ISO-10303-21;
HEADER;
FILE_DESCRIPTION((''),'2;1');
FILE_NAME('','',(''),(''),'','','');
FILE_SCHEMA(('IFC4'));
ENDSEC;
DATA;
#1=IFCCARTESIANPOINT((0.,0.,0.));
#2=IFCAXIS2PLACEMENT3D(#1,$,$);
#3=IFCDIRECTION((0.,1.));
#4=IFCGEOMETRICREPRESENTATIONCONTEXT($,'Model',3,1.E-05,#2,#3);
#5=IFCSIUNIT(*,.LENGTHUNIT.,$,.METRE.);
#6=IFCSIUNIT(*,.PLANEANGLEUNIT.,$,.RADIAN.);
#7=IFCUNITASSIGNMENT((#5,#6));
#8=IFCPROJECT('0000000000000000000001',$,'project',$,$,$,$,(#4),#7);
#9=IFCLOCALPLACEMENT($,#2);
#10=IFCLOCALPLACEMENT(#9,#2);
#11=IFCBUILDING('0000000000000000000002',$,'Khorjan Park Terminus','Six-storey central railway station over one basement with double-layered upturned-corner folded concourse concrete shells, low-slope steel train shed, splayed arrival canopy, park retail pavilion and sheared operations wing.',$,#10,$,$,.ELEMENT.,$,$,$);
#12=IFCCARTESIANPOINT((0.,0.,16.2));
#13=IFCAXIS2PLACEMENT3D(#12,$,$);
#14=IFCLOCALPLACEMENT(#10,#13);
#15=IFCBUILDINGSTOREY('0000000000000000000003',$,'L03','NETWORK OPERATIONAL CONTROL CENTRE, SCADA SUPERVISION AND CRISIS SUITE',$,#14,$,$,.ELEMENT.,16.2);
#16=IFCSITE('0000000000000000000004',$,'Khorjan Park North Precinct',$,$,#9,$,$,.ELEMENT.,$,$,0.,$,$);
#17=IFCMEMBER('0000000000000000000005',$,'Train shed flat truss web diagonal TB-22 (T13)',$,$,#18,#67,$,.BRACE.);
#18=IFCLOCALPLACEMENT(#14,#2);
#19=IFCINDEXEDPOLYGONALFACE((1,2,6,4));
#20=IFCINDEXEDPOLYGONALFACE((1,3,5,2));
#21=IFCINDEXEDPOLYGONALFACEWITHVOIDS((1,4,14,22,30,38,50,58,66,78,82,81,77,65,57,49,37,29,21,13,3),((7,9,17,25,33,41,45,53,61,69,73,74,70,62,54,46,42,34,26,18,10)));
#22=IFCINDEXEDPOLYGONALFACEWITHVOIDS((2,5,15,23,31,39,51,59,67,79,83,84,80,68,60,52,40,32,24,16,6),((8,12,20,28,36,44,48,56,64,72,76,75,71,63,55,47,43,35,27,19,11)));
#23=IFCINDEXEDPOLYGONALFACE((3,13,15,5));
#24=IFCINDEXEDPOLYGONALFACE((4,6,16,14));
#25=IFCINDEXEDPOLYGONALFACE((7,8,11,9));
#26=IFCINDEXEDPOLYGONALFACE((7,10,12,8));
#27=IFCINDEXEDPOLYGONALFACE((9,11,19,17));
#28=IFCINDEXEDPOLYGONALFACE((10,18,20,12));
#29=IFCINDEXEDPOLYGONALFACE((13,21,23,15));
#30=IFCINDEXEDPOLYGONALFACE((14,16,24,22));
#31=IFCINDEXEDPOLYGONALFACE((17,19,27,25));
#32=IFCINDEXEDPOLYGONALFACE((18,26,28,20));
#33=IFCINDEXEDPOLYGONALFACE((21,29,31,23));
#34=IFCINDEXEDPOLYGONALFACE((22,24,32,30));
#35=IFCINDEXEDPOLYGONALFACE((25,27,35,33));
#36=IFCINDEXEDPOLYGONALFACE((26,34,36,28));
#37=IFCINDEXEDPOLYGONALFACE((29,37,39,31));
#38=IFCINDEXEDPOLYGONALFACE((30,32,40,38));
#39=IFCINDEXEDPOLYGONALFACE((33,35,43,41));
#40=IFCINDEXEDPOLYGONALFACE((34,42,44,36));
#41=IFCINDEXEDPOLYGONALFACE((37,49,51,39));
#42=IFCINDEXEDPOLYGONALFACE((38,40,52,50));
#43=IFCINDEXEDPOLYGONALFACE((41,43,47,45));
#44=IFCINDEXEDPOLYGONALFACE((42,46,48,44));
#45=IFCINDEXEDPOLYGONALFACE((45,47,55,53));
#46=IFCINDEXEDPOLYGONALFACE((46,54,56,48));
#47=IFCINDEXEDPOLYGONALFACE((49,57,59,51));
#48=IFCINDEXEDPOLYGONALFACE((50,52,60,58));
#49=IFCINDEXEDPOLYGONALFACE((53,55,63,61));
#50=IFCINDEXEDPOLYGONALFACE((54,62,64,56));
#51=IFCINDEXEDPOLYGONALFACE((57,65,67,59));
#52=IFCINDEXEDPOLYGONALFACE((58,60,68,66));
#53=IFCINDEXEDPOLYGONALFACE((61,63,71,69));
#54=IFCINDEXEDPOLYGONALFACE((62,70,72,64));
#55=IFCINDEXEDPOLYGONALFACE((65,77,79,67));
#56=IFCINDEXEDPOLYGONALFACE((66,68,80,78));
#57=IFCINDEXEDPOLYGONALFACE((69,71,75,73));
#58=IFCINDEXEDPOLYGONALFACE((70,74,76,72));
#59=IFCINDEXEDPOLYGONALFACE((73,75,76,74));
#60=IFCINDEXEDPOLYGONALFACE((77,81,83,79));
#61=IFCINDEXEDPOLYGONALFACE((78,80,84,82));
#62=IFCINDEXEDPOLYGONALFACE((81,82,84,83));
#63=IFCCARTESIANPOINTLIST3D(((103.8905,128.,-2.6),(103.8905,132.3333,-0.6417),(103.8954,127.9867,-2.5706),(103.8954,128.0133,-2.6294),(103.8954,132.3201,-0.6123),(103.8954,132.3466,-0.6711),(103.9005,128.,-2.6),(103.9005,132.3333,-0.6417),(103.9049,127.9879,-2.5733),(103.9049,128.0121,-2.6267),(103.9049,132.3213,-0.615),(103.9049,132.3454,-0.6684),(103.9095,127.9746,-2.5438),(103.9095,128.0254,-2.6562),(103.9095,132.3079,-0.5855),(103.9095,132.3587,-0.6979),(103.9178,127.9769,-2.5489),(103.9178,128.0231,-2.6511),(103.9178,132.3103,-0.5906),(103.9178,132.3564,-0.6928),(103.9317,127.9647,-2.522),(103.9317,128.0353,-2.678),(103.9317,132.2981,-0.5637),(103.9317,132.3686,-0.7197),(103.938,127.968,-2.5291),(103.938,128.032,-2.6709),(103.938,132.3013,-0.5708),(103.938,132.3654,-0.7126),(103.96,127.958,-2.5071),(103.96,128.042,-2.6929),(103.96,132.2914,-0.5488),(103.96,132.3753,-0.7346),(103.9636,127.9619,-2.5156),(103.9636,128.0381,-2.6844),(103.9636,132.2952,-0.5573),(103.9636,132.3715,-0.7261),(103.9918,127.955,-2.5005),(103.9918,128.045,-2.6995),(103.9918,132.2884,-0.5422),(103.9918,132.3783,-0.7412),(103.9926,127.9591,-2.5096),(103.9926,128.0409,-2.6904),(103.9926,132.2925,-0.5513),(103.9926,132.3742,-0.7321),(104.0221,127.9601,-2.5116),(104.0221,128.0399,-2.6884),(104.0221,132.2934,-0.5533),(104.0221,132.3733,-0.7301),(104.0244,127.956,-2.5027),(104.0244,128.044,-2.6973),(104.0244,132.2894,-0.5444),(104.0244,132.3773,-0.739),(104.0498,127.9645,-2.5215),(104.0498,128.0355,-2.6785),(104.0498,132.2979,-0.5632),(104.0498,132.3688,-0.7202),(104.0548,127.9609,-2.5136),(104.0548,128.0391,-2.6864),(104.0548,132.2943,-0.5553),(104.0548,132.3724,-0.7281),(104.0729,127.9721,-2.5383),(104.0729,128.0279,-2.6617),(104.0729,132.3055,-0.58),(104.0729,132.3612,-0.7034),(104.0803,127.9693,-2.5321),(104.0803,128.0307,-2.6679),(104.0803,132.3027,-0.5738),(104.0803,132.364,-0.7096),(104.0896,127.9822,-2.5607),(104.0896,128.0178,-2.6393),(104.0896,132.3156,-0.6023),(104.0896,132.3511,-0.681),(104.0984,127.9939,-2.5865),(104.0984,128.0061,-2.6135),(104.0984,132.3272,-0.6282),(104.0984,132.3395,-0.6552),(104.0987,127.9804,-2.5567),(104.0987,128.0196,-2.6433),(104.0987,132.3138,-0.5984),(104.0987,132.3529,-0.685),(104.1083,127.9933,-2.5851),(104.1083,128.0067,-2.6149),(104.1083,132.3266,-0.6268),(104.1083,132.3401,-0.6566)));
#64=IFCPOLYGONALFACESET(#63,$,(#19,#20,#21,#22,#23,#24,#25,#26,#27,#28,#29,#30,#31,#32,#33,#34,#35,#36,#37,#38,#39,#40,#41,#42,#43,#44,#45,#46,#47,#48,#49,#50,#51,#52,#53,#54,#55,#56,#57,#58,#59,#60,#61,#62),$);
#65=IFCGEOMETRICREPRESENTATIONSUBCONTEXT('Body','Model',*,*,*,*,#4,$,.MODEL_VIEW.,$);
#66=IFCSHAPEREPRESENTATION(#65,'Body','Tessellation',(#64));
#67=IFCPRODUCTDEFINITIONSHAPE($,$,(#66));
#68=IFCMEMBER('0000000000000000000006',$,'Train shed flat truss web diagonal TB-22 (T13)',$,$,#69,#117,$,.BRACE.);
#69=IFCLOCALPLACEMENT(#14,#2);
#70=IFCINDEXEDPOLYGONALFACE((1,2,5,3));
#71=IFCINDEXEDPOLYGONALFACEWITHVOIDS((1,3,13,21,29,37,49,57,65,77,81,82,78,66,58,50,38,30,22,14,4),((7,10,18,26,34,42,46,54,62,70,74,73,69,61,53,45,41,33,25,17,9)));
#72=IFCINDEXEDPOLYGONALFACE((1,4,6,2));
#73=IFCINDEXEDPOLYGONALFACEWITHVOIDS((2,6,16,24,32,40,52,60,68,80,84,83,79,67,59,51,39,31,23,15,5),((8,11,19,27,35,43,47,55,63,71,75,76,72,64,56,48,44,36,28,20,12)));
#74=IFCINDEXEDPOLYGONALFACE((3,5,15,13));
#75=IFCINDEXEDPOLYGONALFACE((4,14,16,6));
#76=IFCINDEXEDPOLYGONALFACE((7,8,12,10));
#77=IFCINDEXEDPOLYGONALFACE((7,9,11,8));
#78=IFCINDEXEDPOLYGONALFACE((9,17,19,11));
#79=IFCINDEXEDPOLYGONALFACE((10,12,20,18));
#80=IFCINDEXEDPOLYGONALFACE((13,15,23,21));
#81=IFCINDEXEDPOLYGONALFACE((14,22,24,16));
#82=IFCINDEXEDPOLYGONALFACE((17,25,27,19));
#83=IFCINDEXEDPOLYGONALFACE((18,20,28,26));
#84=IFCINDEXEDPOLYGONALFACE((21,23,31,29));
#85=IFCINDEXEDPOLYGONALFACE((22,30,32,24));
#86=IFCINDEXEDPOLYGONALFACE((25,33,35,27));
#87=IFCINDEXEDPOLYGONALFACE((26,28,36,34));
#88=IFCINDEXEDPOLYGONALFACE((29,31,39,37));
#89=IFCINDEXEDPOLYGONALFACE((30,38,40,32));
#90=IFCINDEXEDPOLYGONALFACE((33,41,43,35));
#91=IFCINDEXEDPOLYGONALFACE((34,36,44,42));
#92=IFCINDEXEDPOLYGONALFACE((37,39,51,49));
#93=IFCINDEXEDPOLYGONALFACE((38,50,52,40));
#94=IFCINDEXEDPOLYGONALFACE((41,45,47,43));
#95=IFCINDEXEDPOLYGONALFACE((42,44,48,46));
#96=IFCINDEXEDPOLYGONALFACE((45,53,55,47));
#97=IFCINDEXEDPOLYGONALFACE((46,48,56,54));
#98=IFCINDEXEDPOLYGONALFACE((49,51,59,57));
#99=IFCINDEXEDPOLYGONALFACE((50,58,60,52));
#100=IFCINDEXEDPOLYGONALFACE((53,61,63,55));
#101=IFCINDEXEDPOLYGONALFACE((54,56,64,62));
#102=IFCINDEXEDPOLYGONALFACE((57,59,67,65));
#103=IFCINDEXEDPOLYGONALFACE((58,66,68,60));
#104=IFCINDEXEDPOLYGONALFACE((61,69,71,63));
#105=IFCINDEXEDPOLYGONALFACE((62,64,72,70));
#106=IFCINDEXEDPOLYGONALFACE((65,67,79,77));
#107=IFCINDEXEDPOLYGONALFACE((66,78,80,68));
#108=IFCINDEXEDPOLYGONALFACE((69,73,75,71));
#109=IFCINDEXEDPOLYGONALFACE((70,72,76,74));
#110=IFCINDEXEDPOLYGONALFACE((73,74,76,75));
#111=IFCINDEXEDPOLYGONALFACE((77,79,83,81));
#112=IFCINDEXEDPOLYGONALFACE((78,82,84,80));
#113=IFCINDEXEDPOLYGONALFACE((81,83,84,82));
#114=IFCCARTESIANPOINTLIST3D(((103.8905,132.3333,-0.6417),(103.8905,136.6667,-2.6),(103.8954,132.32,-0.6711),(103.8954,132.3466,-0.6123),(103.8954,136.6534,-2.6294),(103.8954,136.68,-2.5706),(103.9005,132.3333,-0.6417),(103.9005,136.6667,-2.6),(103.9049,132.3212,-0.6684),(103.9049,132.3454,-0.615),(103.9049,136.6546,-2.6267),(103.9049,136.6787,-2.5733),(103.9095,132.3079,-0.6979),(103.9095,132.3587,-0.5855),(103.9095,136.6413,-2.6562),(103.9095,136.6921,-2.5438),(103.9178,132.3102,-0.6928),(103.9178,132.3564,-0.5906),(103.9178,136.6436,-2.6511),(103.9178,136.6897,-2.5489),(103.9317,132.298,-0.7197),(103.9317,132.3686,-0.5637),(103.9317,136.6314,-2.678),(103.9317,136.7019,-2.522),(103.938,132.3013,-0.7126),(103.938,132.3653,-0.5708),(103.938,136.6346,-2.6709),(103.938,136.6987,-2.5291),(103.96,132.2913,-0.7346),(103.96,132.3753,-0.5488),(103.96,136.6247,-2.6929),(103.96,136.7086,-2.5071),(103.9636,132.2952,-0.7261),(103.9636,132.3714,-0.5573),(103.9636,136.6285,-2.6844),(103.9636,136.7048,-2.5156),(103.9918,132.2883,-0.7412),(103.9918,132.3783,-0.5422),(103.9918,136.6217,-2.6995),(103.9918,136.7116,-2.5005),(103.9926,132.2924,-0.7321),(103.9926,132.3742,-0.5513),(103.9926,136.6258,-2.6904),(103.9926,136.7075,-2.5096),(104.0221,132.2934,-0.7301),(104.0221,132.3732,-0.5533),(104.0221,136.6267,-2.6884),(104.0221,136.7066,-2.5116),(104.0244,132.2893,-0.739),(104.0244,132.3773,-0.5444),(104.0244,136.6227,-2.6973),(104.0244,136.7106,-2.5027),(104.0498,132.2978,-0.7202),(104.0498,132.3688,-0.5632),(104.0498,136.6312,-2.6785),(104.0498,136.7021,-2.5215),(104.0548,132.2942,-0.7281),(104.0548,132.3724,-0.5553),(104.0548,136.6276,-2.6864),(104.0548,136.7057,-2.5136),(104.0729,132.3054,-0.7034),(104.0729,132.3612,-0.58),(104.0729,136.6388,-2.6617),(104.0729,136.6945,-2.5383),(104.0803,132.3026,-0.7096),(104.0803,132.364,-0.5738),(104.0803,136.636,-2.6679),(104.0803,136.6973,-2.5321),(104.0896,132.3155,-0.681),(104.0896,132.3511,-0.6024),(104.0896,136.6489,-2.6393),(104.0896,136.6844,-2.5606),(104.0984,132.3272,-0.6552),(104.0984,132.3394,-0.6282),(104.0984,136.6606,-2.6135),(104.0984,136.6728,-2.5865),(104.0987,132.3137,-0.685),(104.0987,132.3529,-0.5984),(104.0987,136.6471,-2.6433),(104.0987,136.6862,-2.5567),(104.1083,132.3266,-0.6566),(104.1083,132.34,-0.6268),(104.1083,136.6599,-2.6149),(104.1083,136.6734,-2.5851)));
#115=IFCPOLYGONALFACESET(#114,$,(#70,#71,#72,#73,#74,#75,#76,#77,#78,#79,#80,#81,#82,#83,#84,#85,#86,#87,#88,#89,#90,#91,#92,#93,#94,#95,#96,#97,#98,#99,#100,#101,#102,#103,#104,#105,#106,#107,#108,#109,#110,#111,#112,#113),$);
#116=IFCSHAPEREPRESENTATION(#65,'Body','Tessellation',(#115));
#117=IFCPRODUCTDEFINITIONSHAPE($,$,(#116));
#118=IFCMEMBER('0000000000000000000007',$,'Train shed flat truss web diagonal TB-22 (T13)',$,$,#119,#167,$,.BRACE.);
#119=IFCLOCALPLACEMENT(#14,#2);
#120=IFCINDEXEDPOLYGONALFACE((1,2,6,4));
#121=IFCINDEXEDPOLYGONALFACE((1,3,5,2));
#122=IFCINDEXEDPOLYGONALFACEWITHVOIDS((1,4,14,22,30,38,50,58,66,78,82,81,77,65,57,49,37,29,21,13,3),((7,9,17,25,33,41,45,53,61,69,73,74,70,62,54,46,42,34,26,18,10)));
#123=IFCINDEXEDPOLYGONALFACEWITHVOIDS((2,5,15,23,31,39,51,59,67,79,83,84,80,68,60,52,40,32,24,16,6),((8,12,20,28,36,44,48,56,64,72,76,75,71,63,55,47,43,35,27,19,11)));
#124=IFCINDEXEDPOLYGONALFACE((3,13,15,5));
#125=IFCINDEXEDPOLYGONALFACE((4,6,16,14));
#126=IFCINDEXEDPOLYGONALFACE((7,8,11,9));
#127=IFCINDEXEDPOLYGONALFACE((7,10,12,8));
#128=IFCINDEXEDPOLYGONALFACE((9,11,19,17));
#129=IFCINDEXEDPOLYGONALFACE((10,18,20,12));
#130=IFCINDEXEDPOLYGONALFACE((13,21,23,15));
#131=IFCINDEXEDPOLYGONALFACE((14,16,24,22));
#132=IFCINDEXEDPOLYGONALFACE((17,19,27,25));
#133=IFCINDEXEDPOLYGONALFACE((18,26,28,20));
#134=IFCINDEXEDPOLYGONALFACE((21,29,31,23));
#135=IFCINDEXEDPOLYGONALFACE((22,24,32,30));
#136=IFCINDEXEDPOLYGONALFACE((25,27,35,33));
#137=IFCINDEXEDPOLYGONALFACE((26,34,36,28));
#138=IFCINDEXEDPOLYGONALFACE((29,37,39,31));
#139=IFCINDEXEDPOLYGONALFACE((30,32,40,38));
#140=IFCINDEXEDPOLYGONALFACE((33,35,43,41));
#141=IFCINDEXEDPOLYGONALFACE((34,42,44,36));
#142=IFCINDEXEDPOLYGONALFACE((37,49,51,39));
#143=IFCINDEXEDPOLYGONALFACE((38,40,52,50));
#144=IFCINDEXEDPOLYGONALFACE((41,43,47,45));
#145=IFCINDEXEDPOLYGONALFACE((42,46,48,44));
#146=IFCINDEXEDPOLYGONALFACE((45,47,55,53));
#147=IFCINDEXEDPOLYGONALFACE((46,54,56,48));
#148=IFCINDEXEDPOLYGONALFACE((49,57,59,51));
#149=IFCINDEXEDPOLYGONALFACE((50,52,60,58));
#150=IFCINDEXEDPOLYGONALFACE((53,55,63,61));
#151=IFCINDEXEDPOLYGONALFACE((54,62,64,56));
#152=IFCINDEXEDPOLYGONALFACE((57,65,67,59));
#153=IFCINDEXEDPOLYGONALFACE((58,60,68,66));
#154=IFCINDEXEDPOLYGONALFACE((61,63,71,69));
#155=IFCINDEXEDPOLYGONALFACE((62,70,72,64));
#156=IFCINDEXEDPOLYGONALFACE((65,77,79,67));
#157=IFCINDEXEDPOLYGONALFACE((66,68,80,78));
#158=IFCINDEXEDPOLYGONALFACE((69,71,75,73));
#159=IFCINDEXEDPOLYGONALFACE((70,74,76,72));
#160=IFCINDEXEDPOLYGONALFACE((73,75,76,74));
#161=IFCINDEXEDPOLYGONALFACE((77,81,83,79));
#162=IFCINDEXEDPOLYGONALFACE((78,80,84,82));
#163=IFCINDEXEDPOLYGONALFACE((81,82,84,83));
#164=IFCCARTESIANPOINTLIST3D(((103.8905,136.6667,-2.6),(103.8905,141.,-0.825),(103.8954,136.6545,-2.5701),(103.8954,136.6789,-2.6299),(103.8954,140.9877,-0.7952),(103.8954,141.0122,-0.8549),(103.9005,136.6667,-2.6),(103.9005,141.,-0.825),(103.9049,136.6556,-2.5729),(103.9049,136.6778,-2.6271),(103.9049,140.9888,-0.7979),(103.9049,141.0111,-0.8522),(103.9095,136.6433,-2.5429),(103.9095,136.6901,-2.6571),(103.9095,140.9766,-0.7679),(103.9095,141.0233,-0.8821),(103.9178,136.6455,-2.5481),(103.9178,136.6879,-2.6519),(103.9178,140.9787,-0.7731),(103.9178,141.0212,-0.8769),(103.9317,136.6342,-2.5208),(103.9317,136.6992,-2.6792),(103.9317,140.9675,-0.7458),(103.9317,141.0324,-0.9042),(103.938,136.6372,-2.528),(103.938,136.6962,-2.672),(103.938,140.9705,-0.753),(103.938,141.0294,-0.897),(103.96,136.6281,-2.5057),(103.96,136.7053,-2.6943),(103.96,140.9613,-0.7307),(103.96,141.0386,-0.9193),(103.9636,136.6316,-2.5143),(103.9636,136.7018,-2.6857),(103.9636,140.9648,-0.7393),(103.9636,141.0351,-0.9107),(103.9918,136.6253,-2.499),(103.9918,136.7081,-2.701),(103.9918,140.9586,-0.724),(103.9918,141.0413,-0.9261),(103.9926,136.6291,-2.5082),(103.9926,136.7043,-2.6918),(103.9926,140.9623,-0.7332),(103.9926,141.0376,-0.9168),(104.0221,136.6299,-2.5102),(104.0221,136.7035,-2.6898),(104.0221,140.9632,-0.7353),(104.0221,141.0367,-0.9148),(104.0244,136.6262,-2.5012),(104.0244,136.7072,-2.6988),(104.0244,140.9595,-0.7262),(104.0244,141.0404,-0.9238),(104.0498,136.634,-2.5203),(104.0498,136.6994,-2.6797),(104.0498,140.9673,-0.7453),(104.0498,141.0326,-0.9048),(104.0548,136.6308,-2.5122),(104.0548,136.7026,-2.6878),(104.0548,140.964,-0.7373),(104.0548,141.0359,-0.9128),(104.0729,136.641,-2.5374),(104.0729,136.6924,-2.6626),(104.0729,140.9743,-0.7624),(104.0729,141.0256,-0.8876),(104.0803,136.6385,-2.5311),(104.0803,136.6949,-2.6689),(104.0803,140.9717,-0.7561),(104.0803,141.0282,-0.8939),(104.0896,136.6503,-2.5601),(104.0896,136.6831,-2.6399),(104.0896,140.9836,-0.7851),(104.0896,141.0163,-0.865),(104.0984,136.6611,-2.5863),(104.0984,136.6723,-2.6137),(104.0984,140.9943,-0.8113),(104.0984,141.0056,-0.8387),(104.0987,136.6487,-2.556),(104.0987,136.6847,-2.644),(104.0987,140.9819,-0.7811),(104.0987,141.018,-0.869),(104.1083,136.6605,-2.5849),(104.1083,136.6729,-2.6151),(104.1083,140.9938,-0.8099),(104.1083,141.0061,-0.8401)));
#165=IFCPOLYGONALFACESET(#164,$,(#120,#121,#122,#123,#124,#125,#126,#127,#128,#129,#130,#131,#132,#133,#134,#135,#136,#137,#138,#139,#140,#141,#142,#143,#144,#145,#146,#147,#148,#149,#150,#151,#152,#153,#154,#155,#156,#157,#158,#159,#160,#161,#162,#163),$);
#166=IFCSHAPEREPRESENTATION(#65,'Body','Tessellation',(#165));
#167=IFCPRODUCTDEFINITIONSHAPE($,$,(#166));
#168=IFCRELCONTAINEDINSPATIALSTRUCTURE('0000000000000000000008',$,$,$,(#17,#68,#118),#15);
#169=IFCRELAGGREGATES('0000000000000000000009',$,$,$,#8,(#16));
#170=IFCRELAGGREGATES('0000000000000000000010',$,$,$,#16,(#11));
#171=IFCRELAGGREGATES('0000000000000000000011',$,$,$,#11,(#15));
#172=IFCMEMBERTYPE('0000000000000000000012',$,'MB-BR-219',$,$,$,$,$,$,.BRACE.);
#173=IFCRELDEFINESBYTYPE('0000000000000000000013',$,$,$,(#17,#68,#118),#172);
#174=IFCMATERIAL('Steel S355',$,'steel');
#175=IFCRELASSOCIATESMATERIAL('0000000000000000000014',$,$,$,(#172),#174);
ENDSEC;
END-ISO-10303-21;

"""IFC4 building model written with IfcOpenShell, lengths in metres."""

from ifc_helpers import new_model, si_unit, direction, frame, origin, origin_2d, place, context, subcontext, project, spatial, hollow_circle, extrude, material, material_profile, profile_set, type_object, element, save


model = new_model("IFC4")

# Units and contexts
model_context = context("Model", 3, precision=1e-05, world=origin(), true_north=direction((0.0, 1.0)))
body_context = subcontext(model_context, "Body", "Model", "MODEL_VIEW")
ifc_project = project(units=[si_unit("LENGTHUNIT", "METRE"), si_unit("PLANEANGLEUNIT", "RADIAN")], contexts=[model_context])

# Site, building, storey
site_placement = place(None, origin())
site = spatial("IfcSite", under=ifc_project, at=site_placement, Name="Khorjan Park North Precinct", CompositionType="ELEMENT", RefElevation=0.0)
building_placement = place(site_placement, origin())
building = spatial("IfcBuilding", under=site, at=building_placement, Name="Khorjan Park Terminus", Description="Six-storey central railway station over one basement with double-layered upturned-corner folded concourse concrete shells, low-slope steel train shed, splayed arrival canopy, park retail pavilion and sheared operations wing.", CompositionType="ELEMENT")
storey_placement = place(building_placement, frame((0.0, 0.0, 16.2)))
storey = spatial("IfcBuildingStorey", under=building, at=storey_placement, Name="L03", Description="NETWORK OPERATIONAL CONTROL CENTRE, SCADA SUPERVISION AND CRISIS SUITE", CompositionType="ELEMENT", Elevation=16.2)

# Members
ifc_material = material(Name="Steel S355", Category="steel")
ifc_material_profile_1 = material_profile(ifc_material, hollow_circle(Radius=0.1095, WallThickness=0.01, at=origin_2d()), Name="CHS 219.1x10")
ifc_profile_set_1 = profile_set([ifc_material_profile_1], Name="Steel S355")
member_type_1 = type_object("IfcMemberType", Name="MB-BR-219", PredefinedType="BRACE", material=ifc_profile_set_1)
for number, where, z_axis, x_axis, name in (
    (1, (104.0, 128.0, -2.6), (0.0, 0.911266, 0.411818), (-1.0, 0.0, 0.0), "Train shed flat truss web diagonal TB-22 (T13)"),
    (2, (104.0, 132.3333, -0.6417), (0.0, 0.91127, -0.41181), (-1.0, 0.0, 0.0), "Train shed flat truss web diagonal TB-22 (T13)"),
):
    element("IfcMember", number, at=place(storey_placement, frame(where, z_axis=z_axis, x_axis=x_axis)), inside=storey, type_object=member_type_1, Name=name, PredefinedType="BRACE", context=body_context, shape_type="SweptSolid", body=[
        extrude(hollow_circle(Radius=0.1095, WallThickness=0.01, at=origin_2d()), origin(), (0.0, 0.0, 1.0), 4.7553),
    ])
for number, where, z_axis, x_axis, name in (
    (3, (104.0, 136.6667, -2.6), (0.0, 0.925376, 0.379051), (-1.0, 0.0, 0.0), "Train shed flat truss web diagonal TB-22 (T13)"),
):
    element("IfcMember", number, at=place(storey_placement, frame(where, z_axis=z_axis, x_axis=x_axis)), inside=storey, type_object=member_type_1, Name=name, PredefinedType="BRACE", context=body_context, shape_type="SweptSolid", body=[
        extrude(hollow_circle(Radius=0.1095, WallThickness=0.01, at=origin_2d()), origin(), (0.0, 0.0, 1.0), 4.6827),
    ])

save(model, "model.ifc")
